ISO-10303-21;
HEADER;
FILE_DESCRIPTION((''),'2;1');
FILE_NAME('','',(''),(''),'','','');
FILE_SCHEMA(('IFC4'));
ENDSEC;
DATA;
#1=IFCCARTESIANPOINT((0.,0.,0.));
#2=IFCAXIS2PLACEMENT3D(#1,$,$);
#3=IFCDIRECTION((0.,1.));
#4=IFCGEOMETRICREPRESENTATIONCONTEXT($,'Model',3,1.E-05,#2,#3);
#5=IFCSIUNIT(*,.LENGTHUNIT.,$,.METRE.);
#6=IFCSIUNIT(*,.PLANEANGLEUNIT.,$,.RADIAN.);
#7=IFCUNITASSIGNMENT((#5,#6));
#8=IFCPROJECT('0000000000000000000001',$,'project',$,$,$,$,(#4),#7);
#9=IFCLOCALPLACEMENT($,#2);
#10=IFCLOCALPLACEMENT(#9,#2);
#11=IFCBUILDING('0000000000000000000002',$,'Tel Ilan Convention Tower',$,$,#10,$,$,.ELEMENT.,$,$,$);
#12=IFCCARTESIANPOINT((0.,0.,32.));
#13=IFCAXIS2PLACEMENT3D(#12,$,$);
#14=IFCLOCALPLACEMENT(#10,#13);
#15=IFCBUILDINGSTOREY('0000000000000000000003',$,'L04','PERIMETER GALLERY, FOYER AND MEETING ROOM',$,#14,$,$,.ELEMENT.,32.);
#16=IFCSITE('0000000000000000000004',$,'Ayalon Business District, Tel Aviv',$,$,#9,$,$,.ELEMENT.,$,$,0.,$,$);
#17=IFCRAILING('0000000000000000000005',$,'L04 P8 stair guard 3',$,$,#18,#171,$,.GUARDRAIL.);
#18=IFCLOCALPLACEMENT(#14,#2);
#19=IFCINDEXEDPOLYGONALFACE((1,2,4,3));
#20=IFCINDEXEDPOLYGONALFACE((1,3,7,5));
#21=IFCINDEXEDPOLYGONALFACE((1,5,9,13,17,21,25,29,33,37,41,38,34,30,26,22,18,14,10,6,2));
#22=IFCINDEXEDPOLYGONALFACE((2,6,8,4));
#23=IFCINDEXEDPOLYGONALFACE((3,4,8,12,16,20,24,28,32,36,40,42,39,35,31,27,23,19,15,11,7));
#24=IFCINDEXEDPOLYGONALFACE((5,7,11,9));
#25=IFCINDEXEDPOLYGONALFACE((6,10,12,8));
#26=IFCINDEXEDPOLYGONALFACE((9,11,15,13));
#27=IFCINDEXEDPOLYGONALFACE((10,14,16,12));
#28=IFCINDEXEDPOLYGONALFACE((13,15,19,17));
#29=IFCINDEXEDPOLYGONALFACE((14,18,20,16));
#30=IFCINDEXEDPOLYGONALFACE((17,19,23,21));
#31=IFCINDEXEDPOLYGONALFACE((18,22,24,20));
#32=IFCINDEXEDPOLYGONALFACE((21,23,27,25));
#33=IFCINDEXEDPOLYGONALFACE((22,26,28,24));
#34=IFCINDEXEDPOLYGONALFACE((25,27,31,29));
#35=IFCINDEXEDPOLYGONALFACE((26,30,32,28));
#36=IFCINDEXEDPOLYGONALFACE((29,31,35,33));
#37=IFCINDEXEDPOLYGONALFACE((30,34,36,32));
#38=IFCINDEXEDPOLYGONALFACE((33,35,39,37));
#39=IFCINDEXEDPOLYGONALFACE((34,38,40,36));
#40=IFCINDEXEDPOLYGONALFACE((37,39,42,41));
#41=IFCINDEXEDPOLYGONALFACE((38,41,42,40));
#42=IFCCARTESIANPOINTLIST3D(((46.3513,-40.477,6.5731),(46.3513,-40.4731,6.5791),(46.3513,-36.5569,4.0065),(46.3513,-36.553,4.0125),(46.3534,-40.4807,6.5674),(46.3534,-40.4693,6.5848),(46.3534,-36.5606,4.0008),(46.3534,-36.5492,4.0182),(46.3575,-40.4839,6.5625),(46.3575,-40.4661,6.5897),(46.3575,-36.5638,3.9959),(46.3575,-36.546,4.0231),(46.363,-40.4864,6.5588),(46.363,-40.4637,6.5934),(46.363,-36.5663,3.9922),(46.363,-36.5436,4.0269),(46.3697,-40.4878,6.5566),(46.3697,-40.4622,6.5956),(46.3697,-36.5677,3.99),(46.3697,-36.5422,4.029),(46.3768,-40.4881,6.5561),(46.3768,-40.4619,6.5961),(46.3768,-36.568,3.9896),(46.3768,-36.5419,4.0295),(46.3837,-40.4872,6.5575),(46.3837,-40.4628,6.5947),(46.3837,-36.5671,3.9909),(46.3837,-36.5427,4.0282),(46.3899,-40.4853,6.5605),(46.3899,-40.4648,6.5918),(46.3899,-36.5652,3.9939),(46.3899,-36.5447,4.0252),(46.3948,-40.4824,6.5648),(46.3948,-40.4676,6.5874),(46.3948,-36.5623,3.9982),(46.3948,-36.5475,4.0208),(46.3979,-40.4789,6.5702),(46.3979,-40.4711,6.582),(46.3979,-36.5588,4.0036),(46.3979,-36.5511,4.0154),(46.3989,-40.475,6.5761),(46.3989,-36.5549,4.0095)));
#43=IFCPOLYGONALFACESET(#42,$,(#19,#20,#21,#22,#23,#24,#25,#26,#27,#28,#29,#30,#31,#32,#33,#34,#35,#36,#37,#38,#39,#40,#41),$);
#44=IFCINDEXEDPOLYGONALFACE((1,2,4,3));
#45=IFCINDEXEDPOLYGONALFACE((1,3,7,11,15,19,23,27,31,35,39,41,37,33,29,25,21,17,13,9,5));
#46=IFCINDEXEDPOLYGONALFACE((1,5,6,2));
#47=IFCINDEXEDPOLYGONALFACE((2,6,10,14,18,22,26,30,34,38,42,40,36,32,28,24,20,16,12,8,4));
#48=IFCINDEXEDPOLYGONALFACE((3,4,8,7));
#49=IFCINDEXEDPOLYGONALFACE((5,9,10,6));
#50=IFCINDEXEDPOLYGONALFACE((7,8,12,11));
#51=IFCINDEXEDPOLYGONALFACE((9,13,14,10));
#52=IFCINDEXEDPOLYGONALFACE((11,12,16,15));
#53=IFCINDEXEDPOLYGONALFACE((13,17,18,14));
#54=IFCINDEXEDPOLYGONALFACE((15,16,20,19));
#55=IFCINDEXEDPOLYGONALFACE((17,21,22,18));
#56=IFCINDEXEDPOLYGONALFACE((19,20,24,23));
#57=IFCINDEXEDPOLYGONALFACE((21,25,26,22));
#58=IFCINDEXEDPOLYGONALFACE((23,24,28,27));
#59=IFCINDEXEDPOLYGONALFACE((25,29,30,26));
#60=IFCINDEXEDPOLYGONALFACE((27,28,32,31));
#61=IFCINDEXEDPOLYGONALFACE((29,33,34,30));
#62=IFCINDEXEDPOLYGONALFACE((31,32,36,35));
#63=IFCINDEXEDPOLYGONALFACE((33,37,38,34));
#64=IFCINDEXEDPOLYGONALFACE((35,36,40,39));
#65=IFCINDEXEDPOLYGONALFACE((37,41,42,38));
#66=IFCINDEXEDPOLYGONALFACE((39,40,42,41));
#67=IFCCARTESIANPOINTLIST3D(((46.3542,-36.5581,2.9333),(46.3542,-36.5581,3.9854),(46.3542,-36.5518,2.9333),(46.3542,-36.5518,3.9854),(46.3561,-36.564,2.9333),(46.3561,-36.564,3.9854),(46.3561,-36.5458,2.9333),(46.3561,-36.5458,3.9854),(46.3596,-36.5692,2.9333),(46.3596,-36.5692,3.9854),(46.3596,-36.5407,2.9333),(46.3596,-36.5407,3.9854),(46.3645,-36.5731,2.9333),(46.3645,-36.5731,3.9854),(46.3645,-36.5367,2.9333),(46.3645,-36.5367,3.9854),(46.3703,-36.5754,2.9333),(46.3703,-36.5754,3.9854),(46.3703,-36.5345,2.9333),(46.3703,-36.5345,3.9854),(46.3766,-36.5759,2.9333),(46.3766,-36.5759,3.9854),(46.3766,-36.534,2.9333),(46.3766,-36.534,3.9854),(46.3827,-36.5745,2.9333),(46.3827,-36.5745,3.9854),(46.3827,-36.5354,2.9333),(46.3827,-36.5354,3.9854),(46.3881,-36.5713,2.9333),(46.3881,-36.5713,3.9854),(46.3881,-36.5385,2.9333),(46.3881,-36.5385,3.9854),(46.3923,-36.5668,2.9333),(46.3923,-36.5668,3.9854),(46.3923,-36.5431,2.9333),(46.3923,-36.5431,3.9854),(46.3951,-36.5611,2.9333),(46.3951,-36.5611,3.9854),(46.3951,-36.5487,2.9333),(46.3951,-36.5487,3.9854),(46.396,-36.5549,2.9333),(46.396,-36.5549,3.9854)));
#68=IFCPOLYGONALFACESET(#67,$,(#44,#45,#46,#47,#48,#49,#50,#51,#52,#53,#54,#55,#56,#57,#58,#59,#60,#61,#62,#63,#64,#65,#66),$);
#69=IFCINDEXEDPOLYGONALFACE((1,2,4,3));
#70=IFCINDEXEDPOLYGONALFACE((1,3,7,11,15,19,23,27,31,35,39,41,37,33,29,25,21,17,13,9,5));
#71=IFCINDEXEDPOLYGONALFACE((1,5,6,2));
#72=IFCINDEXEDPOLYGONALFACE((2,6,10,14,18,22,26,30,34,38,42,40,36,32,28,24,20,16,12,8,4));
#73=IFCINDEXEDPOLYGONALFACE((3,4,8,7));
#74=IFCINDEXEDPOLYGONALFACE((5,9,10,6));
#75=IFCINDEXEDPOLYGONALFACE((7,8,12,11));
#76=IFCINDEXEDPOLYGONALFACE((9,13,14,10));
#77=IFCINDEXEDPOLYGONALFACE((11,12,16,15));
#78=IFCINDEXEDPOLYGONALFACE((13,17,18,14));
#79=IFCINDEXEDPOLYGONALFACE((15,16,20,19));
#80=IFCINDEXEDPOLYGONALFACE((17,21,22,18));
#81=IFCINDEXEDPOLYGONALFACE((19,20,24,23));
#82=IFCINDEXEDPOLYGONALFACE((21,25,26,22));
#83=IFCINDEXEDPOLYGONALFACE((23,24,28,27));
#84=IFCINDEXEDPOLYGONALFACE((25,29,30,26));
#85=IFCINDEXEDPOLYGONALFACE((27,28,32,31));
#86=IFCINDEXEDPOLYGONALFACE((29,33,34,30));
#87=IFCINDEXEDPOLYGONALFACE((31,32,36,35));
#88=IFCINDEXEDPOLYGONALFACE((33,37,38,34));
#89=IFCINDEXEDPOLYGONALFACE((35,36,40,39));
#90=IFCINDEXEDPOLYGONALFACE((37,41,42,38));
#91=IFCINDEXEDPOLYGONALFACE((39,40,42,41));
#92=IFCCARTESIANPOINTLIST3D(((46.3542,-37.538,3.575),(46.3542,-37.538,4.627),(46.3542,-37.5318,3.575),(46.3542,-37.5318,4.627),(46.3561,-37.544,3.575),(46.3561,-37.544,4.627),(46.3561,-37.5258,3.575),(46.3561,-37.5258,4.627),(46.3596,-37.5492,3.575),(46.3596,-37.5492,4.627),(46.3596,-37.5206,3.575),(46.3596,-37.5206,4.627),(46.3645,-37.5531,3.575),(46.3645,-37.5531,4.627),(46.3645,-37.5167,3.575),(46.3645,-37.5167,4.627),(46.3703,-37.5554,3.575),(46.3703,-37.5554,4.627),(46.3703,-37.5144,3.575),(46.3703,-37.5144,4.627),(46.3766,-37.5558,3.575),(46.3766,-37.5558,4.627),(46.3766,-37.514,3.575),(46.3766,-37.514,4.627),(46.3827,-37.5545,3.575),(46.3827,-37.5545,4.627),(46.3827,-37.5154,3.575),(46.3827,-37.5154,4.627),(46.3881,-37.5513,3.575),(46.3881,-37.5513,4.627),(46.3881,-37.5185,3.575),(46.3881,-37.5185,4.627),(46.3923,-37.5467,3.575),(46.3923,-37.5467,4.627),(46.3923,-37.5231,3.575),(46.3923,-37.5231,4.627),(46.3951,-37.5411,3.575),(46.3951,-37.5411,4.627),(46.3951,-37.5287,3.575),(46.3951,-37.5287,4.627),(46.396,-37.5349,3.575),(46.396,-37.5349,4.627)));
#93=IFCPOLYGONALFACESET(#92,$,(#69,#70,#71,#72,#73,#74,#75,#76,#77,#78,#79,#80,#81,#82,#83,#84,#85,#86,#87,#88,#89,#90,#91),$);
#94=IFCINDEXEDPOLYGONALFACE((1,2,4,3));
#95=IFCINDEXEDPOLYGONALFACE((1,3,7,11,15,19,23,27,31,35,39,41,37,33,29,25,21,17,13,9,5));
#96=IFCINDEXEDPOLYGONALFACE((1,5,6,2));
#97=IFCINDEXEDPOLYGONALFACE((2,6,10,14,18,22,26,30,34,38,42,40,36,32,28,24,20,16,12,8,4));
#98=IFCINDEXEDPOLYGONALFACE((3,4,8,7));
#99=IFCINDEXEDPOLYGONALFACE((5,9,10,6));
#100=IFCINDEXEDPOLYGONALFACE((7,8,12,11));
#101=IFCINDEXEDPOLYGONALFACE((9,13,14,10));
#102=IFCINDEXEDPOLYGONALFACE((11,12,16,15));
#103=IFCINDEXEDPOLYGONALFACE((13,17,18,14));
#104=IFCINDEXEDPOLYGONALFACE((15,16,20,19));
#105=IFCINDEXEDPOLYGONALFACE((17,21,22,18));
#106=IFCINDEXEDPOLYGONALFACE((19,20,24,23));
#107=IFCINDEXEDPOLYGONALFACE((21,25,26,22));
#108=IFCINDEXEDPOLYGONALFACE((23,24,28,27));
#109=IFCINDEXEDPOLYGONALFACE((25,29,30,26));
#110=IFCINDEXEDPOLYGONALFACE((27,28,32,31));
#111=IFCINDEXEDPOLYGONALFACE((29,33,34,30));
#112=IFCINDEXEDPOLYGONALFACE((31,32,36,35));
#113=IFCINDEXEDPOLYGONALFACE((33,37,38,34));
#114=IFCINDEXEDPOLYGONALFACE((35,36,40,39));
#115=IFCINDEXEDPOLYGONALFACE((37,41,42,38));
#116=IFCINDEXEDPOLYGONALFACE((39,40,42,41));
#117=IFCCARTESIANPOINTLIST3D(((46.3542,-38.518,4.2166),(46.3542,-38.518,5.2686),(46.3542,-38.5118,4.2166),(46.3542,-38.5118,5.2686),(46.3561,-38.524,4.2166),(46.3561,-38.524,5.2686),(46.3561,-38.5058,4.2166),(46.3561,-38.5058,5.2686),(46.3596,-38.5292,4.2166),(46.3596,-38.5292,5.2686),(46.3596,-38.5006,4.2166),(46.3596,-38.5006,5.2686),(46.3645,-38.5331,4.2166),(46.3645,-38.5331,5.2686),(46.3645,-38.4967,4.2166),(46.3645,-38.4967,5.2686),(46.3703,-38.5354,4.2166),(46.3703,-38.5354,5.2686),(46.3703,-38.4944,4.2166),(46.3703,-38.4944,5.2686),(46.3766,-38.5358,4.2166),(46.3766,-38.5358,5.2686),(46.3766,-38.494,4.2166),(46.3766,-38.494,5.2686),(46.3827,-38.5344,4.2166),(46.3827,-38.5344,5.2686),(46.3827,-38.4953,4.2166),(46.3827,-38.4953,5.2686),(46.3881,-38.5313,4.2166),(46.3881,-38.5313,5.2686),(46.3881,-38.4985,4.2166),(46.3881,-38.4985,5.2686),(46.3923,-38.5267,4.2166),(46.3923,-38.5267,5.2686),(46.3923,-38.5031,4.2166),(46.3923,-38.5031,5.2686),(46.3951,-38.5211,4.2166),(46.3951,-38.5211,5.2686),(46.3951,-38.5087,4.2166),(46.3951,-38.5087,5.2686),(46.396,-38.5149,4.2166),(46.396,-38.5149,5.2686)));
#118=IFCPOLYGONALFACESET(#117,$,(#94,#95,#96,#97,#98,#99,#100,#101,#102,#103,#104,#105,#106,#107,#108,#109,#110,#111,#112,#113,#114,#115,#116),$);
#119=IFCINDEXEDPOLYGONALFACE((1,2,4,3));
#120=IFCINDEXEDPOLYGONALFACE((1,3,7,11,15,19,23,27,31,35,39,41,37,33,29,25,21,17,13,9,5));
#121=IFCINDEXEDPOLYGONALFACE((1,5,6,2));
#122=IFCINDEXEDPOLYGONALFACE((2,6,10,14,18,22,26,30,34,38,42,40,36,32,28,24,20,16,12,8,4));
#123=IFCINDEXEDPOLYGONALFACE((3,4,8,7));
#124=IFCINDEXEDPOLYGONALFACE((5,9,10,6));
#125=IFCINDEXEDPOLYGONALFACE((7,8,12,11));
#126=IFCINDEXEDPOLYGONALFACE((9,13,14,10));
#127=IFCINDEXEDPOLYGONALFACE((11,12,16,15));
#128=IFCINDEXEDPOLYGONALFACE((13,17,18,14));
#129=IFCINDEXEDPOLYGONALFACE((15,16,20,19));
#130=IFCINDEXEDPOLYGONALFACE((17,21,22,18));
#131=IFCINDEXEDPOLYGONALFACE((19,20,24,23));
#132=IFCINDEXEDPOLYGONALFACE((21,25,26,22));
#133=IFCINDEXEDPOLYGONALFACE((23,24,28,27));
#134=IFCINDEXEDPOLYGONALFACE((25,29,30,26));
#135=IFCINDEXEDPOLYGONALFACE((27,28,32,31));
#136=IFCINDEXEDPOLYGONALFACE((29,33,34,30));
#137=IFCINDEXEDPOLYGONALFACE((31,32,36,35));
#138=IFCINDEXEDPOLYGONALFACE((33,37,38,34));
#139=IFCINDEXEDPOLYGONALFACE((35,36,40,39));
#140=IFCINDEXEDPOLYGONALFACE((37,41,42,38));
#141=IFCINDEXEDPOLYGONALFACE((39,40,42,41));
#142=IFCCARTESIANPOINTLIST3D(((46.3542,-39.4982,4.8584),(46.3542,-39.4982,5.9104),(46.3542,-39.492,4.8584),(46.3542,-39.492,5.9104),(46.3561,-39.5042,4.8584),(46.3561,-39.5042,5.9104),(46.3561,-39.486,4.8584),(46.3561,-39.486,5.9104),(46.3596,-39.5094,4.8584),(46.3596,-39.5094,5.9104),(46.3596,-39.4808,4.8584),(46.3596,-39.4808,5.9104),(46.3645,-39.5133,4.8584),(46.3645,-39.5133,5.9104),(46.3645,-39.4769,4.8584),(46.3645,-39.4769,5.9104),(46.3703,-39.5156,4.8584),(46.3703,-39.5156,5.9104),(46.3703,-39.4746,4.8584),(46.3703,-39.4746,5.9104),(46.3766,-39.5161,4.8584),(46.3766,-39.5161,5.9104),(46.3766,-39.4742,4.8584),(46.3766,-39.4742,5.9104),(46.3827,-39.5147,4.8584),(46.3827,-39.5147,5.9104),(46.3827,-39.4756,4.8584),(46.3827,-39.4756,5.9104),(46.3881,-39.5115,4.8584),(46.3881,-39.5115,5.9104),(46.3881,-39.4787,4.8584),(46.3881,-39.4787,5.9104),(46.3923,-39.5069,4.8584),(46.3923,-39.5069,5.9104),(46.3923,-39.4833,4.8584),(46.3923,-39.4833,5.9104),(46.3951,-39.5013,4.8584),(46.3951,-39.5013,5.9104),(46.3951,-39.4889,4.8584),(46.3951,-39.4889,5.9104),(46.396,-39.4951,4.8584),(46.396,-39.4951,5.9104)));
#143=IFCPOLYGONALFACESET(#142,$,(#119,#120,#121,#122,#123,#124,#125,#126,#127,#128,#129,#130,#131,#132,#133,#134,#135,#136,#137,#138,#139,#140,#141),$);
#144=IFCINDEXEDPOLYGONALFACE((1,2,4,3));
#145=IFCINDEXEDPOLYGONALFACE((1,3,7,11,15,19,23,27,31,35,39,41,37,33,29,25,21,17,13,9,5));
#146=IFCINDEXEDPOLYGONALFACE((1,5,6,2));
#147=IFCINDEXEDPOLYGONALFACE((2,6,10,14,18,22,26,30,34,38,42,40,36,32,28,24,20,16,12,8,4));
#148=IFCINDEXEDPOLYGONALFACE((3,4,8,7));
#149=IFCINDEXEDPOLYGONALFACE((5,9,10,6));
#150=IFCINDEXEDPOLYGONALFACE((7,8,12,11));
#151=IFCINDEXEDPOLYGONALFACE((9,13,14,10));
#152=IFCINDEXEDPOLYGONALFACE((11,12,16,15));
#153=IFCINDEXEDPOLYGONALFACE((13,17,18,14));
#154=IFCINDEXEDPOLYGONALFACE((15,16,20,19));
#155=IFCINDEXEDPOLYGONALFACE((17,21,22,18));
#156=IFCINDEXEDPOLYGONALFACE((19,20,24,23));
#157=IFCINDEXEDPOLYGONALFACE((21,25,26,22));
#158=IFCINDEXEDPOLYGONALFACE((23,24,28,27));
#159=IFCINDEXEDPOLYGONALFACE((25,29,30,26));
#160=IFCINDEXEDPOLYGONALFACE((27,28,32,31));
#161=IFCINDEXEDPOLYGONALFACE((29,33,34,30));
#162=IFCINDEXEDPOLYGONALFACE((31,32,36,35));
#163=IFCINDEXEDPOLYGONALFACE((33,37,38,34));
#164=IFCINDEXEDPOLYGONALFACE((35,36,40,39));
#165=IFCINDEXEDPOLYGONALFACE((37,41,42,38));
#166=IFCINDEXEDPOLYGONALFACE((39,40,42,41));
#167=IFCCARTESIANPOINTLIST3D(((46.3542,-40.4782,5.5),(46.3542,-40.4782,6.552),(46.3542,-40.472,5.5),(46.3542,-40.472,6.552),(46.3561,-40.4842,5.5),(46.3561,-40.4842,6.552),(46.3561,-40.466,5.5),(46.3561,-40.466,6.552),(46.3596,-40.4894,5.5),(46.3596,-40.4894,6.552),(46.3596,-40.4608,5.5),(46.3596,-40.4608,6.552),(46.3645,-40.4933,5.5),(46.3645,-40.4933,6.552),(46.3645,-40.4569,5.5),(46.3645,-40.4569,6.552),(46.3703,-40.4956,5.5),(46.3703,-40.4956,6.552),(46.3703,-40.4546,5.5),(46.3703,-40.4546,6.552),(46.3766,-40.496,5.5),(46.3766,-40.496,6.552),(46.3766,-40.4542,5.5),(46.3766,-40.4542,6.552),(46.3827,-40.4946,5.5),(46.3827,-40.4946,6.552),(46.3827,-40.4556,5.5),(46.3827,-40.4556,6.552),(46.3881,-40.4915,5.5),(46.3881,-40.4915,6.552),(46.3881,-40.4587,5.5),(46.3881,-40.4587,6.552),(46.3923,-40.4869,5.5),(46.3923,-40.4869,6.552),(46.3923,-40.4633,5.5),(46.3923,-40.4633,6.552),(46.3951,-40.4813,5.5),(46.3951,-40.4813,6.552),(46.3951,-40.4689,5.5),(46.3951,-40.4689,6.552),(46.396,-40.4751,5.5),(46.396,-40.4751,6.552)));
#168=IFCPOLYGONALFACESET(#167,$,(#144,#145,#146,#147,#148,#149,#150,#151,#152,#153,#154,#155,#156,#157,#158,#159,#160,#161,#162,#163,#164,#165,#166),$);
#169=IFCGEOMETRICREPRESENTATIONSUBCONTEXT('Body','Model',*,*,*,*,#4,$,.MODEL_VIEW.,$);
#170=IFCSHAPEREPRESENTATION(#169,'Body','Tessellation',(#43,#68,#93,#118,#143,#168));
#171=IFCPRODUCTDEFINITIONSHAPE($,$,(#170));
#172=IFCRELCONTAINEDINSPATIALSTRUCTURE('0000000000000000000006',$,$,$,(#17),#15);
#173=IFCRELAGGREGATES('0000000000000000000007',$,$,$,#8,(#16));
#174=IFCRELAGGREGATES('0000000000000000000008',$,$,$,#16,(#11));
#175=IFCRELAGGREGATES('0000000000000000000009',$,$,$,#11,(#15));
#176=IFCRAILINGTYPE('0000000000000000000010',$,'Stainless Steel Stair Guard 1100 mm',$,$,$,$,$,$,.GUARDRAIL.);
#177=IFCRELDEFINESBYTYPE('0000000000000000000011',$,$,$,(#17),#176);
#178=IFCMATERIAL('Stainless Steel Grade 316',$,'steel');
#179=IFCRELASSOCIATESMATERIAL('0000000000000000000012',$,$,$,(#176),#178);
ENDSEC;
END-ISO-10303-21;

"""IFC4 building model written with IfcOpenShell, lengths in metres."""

from ifc_helpers import new_model, si_unit, direction, frame, origin, origin_2d, place, context, subcontext, project, spatial, circle, extrude, material, type_object, element, save


model = new_model("IFC4")

# Units and contexts
model_context = context("Model", 3, precision=1e-05, world=origin(), true_north=direction((0.0, 1.0)))
body_context = subcontext(model_context, "Body", "Model", "MODEL_VIEW")
ifc_project = project(units=[si_unit("LENGTHUNIT", "METRE"), si_unit("PLANEANGLEUNIT", "RADIAN")], contexts=[model_context])

# Site, building, storey
site_placement = place(None, origin())
site = spatial("IfcSite", under=ifc_project, at=site_placement, Name="Ayalon Business District, Tel Aviv", CompositionType="ELEMENT", RefElevation=0.0)
building_placement = place(site_placement, origin())
building = spatial("IfcBuilding", under=site, at=building_placement, Name="Tel Ilan Convention Tower", CompositionType="ELEMENT")
storey_placement = place(building_placement, frame((0.0, 0.0, 32.0)))
storey = spatial("IfcBuildingStorey", under=building, at=storey_placement, Name="L04", Description="PERIMETER GALLERY, FOYER AND MEETING ROOM", CompositionType="ELEMENT", Elevation=32.0)

# Railing
ifc_material_1 = material(Name="Stainless Steel Grade 316", Category="steel")
railing_type_1 = type_object("IfcRailingType", Name="Stainless Steel Stair Guard 1100 mm", PredefinedType="GUARDRAIL", material=ifc_material_1)
railing_1_placement = place(storey_placement, frame((46.375, -36.5549, 2.9333)))
element("IfcRailing", 1, at=railing_1_placement, inside=storey, type_object=railing_type_1, Name="L04 P8 stair guard 3", PredefinedType="GUARDRAIL", context=body_context, shape_type="SweptSolid", body=[
    extrude(circle(Radius=0.0239, at=origin_2d()), frame((0.0, 0.0, 1.0762), z_axis=(0.0, -0.836631, 0.547767), x_axis=(1.0, 0.0, 0.0)), (0.0, 0.0, 1.0), 4.6855),
    extrude(circle(Radius=0.021, at=origin_2d()), origin(), (0.0, 0.0, 1.0), 1.052),
    extrude(circle(Radius=0.021, at=origin_2d()), frame((0.0, -0.98, 0.6416)), (0.0, 0.0, 1.0), 1.052),
    extrude(circle(Radius=0.021, at=origin_2d()), frame((0.0, -1.96, 1.2832)), (0.0, 0.0, 1.0), 1.052),
    extrude(circle(Radius=0.021, at=origin_2d()), frame((0.0, -2.9402, 1.925)), (0.0, 0.0, 1.0), 1.052),
    extrude(circle(Radius=0.021, at=origin_2d()), frame((0.0, -3.9202, 2.5667)), (0.0, 0.0, 1.0), 1.052),
])

save(model, "model.ifc")
